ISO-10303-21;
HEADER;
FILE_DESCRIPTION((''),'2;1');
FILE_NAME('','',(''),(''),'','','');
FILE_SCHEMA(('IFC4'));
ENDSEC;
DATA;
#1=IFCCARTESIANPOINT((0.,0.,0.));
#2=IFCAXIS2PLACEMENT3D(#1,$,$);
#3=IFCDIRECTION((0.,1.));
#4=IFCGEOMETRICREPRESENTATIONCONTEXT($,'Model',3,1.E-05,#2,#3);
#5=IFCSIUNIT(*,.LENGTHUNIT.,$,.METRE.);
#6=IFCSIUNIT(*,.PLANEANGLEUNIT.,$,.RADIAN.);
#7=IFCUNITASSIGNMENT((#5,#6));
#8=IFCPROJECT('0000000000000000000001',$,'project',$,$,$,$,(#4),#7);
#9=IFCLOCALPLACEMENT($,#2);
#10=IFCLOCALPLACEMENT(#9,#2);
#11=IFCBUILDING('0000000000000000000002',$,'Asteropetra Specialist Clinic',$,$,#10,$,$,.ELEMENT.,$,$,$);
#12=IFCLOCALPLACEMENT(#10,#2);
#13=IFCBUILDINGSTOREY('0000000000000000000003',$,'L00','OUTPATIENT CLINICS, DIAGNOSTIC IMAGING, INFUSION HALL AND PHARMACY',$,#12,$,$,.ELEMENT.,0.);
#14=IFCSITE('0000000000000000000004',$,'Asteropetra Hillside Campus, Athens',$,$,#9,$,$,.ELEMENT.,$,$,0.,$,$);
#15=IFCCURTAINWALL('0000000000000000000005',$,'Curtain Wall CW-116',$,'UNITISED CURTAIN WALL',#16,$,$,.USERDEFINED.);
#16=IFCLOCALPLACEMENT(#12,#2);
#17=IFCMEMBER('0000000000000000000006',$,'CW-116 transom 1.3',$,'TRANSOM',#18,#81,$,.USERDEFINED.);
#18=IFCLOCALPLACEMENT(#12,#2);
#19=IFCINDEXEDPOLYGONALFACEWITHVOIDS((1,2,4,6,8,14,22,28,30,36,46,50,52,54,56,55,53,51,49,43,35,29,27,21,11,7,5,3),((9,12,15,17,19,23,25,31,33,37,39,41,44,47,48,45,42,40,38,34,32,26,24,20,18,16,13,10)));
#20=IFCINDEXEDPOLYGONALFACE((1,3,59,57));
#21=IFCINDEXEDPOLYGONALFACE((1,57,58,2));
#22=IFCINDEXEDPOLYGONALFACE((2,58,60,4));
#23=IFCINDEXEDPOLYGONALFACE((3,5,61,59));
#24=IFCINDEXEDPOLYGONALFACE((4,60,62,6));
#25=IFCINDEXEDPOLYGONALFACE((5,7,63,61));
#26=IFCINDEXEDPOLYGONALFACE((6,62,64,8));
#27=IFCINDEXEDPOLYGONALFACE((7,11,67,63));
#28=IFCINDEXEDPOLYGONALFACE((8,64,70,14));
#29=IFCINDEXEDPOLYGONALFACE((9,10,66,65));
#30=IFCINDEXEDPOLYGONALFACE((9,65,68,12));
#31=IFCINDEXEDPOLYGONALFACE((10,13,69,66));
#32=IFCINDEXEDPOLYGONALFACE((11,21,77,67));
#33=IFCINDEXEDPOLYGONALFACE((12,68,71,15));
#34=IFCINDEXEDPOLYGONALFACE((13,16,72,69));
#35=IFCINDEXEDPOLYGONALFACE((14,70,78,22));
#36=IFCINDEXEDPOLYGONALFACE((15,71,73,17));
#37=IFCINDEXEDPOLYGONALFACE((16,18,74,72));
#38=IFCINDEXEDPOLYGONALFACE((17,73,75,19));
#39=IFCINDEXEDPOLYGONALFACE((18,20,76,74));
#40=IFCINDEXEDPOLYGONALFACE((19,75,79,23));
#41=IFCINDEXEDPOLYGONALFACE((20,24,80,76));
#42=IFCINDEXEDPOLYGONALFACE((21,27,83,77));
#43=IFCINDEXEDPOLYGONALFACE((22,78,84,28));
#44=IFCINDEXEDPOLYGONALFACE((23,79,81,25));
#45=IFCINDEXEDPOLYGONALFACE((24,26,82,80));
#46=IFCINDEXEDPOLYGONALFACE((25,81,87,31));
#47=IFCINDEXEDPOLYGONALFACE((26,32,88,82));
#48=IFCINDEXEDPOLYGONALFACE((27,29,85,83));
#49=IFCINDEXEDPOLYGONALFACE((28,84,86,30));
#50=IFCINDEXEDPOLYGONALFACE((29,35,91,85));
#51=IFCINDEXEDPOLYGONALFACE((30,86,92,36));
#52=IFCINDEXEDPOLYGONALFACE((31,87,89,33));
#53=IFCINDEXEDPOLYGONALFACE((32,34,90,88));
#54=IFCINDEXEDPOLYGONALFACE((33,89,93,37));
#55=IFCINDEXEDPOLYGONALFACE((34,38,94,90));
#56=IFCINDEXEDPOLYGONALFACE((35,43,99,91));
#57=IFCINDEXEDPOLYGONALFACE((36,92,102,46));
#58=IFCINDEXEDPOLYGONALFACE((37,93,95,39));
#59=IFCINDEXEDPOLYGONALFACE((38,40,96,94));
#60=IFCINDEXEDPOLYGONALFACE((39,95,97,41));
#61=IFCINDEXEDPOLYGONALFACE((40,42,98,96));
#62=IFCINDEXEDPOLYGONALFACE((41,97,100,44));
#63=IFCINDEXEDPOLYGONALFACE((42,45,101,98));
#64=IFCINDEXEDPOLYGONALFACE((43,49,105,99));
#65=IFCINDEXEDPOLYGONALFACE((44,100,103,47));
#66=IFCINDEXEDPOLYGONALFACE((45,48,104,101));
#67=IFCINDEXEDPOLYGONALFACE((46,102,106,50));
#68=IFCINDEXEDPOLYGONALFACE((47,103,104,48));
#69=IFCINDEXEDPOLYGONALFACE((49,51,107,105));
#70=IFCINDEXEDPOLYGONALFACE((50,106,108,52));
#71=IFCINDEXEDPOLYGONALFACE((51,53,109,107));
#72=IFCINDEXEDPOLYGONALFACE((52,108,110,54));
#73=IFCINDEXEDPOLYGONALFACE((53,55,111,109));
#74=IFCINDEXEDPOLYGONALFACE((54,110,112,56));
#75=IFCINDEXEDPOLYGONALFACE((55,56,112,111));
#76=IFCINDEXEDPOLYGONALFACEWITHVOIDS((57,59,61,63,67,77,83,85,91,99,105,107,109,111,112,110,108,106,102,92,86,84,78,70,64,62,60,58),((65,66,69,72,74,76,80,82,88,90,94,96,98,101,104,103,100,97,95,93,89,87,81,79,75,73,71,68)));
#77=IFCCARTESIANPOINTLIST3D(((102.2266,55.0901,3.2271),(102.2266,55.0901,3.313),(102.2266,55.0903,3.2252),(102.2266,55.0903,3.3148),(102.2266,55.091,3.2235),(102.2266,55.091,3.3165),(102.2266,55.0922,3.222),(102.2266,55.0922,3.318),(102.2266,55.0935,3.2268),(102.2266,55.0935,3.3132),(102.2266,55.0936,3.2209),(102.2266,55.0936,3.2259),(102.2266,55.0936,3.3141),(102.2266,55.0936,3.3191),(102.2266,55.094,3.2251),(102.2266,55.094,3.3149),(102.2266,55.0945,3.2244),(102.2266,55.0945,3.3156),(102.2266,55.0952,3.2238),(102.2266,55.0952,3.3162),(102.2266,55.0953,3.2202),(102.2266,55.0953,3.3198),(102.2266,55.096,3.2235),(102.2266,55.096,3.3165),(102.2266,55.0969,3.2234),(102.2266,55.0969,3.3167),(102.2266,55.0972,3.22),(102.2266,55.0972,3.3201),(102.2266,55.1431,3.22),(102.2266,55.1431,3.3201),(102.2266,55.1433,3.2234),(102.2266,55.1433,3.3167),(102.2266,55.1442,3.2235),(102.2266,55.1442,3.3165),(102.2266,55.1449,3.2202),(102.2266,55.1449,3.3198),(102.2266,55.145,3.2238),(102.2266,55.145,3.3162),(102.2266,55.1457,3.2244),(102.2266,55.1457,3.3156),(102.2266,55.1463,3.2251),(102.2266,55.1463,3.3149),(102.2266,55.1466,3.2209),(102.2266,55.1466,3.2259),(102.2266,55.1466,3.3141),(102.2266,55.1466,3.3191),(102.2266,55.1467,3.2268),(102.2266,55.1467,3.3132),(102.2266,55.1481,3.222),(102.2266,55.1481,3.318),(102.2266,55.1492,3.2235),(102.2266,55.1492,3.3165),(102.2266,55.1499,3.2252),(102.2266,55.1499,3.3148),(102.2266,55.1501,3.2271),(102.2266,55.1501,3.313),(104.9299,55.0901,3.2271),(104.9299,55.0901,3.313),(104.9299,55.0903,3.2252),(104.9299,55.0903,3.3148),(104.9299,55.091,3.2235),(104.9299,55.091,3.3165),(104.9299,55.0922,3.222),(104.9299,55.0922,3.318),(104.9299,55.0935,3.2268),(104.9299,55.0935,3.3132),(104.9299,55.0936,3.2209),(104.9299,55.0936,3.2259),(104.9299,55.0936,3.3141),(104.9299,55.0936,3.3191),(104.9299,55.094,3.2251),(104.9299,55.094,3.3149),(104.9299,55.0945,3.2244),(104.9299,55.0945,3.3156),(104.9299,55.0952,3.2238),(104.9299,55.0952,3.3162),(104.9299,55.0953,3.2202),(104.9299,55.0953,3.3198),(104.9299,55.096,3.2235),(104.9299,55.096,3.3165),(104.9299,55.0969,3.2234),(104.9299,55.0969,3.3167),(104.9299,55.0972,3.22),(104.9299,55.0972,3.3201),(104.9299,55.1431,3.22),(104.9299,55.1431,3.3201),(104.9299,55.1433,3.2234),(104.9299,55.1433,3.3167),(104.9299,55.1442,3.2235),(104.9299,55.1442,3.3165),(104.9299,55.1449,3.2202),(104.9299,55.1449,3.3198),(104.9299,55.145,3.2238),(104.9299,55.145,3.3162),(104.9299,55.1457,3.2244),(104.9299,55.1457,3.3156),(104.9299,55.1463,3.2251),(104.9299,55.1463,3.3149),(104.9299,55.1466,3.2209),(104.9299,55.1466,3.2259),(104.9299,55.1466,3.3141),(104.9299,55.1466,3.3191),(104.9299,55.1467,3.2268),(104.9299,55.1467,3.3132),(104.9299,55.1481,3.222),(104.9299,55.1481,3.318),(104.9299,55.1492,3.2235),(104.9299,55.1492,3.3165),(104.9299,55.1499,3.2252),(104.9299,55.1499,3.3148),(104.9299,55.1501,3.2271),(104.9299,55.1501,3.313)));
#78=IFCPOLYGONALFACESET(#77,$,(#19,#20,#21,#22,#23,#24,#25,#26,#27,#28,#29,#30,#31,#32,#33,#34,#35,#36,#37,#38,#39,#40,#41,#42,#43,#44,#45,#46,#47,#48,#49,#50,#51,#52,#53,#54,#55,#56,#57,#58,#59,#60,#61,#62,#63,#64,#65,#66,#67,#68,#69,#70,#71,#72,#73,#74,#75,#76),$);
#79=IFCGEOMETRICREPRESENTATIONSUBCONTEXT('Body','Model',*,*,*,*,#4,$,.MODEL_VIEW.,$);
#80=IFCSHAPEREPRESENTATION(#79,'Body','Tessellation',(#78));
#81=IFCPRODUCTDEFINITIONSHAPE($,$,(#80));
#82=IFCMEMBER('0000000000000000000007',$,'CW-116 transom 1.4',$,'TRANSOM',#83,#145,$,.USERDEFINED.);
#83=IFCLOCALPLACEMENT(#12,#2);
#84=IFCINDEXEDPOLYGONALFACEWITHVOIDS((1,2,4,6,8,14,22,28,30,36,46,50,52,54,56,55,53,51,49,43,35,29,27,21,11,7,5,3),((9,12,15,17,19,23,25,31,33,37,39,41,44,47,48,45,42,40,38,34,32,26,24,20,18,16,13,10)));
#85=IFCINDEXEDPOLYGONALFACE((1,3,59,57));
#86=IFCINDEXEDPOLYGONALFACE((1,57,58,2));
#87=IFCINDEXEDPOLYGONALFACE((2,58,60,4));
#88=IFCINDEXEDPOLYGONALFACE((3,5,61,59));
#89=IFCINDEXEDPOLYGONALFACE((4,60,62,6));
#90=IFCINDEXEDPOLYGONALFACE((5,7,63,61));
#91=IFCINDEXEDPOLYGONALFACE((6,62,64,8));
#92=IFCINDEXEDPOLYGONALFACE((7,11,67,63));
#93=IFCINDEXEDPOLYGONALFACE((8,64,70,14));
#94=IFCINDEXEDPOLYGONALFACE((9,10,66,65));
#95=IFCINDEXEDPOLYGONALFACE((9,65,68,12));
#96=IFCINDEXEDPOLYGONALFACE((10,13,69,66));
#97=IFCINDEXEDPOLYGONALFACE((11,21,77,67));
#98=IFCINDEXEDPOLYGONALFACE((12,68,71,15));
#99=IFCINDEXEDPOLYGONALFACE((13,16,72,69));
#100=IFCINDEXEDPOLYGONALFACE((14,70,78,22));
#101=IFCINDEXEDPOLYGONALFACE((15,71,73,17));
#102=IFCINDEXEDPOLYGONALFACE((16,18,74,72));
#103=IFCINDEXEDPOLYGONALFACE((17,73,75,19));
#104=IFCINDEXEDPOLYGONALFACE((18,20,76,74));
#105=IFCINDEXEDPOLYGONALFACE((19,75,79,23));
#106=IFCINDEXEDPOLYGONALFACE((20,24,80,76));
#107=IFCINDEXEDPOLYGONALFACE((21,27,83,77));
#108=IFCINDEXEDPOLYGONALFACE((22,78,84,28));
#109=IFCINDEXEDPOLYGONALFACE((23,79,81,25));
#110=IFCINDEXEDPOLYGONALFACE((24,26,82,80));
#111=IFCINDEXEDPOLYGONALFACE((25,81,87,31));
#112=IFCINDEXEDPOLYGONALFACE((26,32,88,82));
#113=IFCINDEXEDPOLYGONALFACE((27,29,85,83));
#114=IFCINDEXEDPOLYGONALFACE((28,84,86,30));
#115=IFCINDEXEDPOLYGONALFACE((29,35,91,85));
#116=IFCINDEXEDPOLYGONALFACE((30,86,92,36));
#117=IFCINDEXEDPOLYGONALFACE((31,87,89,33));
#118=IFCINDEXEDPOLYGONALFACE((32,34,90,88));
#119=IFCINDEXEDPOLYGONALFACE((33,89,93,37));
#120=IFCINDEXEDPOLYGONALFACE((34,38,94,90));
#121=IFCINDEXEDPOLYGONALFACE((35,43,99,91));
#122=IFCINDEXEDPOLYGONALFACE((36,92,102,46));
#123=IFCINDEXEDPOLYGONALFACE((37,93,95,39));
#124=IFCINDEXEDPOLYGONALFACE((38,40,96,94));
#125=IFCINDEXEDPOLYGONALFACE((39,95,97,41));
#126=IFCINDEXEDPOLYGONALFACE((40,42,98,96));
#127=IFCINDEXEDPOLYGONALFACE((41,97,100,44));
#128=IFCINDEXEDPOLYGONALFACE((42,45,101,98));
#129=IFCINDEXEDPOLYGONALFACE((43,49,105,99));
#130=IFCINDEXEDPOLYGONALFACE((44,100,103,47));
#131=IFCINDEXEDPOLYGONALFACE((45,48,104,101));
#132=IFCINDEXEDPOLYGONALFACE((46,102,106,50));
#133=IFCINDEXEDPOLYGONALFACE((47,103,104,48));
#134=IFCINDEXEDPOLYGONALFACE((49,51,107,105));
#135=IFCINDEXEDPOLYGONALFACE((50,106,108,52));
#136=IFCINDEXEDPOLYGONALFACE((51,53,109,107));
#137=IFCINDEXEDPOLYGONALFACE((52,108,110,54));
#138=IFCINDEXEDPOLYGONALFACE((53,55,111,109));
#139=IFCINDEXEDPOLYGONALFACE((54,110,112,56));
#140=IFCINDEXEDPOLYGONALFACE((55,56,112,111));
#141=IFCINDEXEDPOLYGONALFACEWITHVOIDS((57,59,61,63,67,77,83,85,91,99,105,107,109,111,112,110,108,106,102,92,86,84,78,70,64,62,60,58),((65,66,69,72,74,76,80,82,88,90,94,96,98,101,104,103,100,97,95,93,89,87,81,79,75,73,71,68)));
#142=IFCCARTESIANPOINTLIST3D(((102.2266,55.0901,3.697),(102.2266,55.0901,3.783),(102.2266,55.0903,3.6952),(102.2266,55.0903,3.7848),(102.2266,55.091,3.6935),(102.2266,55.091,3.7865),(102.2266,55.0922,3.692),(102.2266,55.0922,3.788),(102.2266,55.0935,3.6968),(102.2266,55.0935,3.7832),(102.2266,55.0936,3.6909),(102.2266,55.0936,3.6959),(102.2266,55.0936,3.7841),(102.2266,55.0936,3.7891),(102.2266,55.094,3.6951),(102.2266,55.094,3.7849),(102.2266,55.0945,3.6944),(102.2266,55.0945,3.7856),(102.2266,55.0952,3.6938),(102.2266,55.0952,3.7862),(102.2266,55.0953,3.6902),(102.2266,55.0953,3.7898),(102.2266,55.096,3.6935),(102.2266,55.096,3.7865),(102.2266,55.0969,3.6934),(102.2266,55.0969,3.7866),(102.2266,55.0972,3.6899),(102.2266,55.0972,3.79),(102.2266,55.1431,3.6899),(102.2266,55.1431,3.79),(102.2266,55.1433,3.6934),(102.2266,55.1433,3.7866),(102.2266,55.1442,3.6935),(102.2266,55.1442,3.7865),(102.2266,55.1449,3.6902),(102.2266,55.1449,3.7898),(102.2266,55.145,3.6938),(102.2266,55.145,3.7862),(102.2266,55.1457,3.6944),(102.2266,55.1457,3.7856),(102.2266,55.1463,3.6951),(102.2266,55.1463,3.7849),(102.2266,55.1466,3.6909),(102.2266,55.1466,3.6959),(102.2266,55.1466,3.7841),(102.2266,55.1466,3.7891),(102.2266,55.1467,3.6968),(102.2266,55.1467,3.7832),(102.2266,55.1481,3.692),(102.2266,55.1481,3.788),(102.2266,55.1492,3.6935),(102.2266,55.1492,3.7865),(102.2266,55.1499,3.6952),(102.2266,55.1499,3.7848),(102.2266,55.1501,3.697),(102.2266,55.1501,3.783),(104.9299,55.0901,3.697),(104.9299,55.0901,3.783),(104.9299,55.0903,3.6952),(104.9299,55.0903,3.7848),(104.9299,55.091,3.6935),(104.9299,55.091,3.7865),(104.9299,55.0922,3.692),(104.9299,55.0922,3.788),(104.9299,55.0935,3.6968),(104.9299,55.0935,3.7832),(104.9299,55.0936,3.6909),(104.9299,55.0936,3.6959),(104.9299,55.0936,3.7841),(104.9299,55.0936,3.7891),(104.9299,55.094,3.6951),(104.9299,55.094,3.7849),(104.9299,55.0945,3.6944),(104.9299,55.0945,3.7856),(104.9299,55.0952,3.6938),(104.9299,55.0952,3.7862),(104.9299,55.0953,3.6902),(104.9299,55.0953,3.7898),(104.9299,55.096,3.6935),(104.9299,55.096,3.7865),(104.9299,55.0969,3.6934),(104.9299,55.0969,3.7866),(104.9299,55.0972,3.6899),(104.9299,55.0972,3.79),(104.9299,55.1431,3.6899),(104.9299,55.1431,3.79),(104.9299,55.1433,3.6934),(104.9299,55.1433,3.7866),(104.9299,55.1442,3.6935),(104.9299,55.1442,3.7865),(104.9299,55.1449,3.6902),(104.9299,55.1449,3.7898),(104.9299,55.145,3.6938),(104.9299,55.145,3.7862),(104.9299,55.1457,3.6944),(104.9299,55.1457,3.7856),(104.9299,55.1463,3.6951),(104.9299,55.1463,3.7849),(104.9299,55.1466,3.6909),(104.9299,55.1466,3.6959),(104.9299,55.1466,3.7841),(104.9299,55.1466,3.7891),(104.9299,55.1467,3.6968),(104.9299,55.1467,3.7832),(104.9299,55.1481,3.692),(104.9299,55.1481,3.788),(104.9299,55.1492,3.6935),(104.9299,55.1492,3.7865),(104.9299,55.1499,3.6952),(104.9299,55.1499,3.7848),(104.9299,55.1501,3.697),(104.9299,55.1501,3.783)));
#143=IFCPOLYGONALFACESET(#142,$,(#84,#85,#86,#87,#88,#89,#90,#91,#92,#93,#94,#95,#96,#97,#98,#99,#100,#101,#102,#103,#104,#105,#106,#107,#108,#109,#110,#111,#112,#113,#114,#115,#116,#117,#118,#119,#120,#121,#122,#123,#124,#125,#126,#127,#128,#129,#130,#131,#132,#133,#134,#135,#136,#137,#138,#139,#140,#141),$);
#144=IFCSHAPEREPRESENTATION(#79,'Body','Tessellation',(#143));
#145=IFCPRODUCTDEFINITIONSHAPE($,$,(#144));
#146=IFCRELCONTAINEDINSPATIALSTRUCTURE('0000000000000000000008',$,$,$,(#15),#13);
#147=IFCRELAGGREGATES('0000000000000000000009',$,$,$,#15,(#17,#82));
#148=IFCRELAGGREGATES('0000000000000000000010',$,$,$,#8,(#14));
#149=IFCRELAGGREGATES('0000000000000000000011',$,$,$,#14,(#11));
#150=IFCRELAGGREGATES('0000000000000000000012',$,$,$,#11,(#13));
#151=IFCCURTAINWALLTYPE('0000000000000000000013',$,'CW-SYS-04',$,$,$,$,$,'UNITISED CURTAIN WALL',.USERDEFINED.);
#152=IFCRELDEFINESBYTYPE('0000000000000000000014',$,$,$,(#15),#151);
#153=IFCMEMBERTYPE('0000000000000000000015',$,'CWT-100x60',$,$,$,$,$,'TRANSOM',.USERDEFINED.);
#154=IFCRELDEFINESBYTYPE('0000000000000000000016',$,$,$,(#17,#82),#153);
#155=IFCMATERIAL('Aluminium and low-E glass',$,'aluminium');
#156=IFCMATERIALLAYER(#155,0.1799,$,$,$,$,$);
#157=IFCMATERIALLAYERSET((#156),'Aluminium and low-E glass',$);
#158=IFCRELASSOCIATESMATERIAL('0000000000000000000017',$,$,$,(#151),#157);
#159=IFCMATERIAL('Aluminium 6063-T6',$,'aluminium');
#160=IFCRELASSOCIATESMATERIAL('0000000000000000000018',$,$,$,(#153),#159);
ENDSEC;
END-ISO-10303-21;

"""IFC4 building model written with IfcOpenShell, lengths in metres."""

from ifc_helpers import new_model, si_unit, direction, frame, origin, origin_2d, place, context, subcontext, project, spatial, hollow_rectangle, extrude, material, layer, layer_set, material_profile, profile_set, type_object, element, aggregate, save


model = new_model("IFC4")

# Units and contexts
model_context = context("Model", 3, precision=1e-05, world=origin(), true_north=direction((0.0, 1.0)))
body_context = subcontext(model_context, "Body", "Model", "MODEL_VIEW")
ifc_project = project(units=[si_unit("LENGTHUNIT", "METRE"), si_unit("PLANEANGLEUNIT", "RADIAN")], contexts=[model_context])

# Site, building, storey
site_placement = place(None, origin())
site = spatial("IfcSite", under=ifc_project, at=site_placement, Name="Asteropetra Hillside Campus, Athens", CompositionType="ELEMENT", RefElevation=0.0)
building_placement = place(site_placement, origin())
building = spatial("IfcBuilding", under=site, at=building_placement, Name="Asteropetra Specialist Clinic", CompositionType="ELEMENT")
storey_placement = place(building_placement, origin())
storey = spatial("IfcBuildingStorey", under=building, at=storey_placement, Name="L00", Description="OUTPATIENT CLINICS, DIAGNOSTIC IMAGING, INFUSION HALL AND PHARMACY", CompositionType="ELEMENT", Elevation=0.0)

# Curtain wall
ifc_material_1 = material(Name="Aluminium and low-E glass", Category="aluminium")
ifc_layer_1 = layer(ifc_material_1, 0.1799)
ifc_layer_set_1 = layer_set([ifc_layer_1], Name="Aluminium and low-E glass")
curtain_wall_type_1 = type_object("IfcCurtainWallType", Name="CW-SYS-04", ElementType="UNITISED CURTAIN WALL", PredefinedType="USERDEFINED", material=ifc_layer_set_1)
curtain_wall_1_placement = place(storey_placement, origin())
curtain_wall_1 = element("IfcCurtainWall", 1, at=curtain_wall_1_placement, inside=storey, type_object=curtain_wall_type_1, Name="Curtain Wall CW-116", ObjectType="UNITISED CURTAIN WALL", PredefinedType="USERDEFINED")

# Members
ifc_material_2 = material(Name="Aluminium 6063-T6", Category="aluminium")
ifc_material_profile_1 = material_profile(ifc_material_2, hollow_rectangle(XDim=0.0601, YDim=0.1001, WallThickness=0.0034, InnerFilletRadius=0.0034, OuterFilletRadius=0.0071, at=origin_2d()), Name="TRN 100x60x3.5")
ifc_profile_set_1 = profile_set([ifc_material_profile_1], Name="Aluminium 6063-T6")
member_type_1 = type_object("IfcMemberType", Name="CWT-100x60", ElementType="TRANSOM", PredefinedType="USERDEFINED", material=ifc_profile_set_1)
member_1_placement = place(storey_placement, frame((104.9299, 55.1201, 3.27), z_axis=(-1.0, 0.0, 0.0), x_axis=(0.0, -1.0, 0.0)))
member_1 = element("IfcMember", 2, at=member_1_placement, type_object=member_type_1, Name="CW-116 transom 1.3", ObjectType="TRANSOM", PredefinedType="USERDEFINED", context=body_context, shape_type="SweptSolid", body=[
    extrude(hollow_rectangle(XDim=0.0601, YDim=0.1001, WallThickness=0.0034, InnerFilletRadius=0.0034, OuterFilletRadius=0.0071, at=origin_2d()), origin(), (0.0, 0.0, 1.0), 2.7034),
])
member_2_placement = place(storey_placement, frame((104.9299, 55.1201, 3.74), z_axis=(-1.0, 0.0, 0.0), x_axis=(0.0, -1.0, 0.0)))
member_2 = element("IfcMember", 3, at=member_2_placement, type_object=member_type_1, Name="CW-116 transom 1.4", ObjectType="TRANSOM", PredefinedType="USERDEFINED", context=body_context, shape_type="SweptSolid", body=[
    extrude(hollow_rectangle(XDim=0.0601, YDim=0.1001, WallThickness=0.0034, InnerFilletRadius=0.0034, OuterFilletRadius=0.0071, at=origin_2d()), origin(), (0.0, 0.0, 1.0), 2.7034),
])

aggregate(curtain_wall_1, [member_1, member_2])

save(model, "model.ifc")
